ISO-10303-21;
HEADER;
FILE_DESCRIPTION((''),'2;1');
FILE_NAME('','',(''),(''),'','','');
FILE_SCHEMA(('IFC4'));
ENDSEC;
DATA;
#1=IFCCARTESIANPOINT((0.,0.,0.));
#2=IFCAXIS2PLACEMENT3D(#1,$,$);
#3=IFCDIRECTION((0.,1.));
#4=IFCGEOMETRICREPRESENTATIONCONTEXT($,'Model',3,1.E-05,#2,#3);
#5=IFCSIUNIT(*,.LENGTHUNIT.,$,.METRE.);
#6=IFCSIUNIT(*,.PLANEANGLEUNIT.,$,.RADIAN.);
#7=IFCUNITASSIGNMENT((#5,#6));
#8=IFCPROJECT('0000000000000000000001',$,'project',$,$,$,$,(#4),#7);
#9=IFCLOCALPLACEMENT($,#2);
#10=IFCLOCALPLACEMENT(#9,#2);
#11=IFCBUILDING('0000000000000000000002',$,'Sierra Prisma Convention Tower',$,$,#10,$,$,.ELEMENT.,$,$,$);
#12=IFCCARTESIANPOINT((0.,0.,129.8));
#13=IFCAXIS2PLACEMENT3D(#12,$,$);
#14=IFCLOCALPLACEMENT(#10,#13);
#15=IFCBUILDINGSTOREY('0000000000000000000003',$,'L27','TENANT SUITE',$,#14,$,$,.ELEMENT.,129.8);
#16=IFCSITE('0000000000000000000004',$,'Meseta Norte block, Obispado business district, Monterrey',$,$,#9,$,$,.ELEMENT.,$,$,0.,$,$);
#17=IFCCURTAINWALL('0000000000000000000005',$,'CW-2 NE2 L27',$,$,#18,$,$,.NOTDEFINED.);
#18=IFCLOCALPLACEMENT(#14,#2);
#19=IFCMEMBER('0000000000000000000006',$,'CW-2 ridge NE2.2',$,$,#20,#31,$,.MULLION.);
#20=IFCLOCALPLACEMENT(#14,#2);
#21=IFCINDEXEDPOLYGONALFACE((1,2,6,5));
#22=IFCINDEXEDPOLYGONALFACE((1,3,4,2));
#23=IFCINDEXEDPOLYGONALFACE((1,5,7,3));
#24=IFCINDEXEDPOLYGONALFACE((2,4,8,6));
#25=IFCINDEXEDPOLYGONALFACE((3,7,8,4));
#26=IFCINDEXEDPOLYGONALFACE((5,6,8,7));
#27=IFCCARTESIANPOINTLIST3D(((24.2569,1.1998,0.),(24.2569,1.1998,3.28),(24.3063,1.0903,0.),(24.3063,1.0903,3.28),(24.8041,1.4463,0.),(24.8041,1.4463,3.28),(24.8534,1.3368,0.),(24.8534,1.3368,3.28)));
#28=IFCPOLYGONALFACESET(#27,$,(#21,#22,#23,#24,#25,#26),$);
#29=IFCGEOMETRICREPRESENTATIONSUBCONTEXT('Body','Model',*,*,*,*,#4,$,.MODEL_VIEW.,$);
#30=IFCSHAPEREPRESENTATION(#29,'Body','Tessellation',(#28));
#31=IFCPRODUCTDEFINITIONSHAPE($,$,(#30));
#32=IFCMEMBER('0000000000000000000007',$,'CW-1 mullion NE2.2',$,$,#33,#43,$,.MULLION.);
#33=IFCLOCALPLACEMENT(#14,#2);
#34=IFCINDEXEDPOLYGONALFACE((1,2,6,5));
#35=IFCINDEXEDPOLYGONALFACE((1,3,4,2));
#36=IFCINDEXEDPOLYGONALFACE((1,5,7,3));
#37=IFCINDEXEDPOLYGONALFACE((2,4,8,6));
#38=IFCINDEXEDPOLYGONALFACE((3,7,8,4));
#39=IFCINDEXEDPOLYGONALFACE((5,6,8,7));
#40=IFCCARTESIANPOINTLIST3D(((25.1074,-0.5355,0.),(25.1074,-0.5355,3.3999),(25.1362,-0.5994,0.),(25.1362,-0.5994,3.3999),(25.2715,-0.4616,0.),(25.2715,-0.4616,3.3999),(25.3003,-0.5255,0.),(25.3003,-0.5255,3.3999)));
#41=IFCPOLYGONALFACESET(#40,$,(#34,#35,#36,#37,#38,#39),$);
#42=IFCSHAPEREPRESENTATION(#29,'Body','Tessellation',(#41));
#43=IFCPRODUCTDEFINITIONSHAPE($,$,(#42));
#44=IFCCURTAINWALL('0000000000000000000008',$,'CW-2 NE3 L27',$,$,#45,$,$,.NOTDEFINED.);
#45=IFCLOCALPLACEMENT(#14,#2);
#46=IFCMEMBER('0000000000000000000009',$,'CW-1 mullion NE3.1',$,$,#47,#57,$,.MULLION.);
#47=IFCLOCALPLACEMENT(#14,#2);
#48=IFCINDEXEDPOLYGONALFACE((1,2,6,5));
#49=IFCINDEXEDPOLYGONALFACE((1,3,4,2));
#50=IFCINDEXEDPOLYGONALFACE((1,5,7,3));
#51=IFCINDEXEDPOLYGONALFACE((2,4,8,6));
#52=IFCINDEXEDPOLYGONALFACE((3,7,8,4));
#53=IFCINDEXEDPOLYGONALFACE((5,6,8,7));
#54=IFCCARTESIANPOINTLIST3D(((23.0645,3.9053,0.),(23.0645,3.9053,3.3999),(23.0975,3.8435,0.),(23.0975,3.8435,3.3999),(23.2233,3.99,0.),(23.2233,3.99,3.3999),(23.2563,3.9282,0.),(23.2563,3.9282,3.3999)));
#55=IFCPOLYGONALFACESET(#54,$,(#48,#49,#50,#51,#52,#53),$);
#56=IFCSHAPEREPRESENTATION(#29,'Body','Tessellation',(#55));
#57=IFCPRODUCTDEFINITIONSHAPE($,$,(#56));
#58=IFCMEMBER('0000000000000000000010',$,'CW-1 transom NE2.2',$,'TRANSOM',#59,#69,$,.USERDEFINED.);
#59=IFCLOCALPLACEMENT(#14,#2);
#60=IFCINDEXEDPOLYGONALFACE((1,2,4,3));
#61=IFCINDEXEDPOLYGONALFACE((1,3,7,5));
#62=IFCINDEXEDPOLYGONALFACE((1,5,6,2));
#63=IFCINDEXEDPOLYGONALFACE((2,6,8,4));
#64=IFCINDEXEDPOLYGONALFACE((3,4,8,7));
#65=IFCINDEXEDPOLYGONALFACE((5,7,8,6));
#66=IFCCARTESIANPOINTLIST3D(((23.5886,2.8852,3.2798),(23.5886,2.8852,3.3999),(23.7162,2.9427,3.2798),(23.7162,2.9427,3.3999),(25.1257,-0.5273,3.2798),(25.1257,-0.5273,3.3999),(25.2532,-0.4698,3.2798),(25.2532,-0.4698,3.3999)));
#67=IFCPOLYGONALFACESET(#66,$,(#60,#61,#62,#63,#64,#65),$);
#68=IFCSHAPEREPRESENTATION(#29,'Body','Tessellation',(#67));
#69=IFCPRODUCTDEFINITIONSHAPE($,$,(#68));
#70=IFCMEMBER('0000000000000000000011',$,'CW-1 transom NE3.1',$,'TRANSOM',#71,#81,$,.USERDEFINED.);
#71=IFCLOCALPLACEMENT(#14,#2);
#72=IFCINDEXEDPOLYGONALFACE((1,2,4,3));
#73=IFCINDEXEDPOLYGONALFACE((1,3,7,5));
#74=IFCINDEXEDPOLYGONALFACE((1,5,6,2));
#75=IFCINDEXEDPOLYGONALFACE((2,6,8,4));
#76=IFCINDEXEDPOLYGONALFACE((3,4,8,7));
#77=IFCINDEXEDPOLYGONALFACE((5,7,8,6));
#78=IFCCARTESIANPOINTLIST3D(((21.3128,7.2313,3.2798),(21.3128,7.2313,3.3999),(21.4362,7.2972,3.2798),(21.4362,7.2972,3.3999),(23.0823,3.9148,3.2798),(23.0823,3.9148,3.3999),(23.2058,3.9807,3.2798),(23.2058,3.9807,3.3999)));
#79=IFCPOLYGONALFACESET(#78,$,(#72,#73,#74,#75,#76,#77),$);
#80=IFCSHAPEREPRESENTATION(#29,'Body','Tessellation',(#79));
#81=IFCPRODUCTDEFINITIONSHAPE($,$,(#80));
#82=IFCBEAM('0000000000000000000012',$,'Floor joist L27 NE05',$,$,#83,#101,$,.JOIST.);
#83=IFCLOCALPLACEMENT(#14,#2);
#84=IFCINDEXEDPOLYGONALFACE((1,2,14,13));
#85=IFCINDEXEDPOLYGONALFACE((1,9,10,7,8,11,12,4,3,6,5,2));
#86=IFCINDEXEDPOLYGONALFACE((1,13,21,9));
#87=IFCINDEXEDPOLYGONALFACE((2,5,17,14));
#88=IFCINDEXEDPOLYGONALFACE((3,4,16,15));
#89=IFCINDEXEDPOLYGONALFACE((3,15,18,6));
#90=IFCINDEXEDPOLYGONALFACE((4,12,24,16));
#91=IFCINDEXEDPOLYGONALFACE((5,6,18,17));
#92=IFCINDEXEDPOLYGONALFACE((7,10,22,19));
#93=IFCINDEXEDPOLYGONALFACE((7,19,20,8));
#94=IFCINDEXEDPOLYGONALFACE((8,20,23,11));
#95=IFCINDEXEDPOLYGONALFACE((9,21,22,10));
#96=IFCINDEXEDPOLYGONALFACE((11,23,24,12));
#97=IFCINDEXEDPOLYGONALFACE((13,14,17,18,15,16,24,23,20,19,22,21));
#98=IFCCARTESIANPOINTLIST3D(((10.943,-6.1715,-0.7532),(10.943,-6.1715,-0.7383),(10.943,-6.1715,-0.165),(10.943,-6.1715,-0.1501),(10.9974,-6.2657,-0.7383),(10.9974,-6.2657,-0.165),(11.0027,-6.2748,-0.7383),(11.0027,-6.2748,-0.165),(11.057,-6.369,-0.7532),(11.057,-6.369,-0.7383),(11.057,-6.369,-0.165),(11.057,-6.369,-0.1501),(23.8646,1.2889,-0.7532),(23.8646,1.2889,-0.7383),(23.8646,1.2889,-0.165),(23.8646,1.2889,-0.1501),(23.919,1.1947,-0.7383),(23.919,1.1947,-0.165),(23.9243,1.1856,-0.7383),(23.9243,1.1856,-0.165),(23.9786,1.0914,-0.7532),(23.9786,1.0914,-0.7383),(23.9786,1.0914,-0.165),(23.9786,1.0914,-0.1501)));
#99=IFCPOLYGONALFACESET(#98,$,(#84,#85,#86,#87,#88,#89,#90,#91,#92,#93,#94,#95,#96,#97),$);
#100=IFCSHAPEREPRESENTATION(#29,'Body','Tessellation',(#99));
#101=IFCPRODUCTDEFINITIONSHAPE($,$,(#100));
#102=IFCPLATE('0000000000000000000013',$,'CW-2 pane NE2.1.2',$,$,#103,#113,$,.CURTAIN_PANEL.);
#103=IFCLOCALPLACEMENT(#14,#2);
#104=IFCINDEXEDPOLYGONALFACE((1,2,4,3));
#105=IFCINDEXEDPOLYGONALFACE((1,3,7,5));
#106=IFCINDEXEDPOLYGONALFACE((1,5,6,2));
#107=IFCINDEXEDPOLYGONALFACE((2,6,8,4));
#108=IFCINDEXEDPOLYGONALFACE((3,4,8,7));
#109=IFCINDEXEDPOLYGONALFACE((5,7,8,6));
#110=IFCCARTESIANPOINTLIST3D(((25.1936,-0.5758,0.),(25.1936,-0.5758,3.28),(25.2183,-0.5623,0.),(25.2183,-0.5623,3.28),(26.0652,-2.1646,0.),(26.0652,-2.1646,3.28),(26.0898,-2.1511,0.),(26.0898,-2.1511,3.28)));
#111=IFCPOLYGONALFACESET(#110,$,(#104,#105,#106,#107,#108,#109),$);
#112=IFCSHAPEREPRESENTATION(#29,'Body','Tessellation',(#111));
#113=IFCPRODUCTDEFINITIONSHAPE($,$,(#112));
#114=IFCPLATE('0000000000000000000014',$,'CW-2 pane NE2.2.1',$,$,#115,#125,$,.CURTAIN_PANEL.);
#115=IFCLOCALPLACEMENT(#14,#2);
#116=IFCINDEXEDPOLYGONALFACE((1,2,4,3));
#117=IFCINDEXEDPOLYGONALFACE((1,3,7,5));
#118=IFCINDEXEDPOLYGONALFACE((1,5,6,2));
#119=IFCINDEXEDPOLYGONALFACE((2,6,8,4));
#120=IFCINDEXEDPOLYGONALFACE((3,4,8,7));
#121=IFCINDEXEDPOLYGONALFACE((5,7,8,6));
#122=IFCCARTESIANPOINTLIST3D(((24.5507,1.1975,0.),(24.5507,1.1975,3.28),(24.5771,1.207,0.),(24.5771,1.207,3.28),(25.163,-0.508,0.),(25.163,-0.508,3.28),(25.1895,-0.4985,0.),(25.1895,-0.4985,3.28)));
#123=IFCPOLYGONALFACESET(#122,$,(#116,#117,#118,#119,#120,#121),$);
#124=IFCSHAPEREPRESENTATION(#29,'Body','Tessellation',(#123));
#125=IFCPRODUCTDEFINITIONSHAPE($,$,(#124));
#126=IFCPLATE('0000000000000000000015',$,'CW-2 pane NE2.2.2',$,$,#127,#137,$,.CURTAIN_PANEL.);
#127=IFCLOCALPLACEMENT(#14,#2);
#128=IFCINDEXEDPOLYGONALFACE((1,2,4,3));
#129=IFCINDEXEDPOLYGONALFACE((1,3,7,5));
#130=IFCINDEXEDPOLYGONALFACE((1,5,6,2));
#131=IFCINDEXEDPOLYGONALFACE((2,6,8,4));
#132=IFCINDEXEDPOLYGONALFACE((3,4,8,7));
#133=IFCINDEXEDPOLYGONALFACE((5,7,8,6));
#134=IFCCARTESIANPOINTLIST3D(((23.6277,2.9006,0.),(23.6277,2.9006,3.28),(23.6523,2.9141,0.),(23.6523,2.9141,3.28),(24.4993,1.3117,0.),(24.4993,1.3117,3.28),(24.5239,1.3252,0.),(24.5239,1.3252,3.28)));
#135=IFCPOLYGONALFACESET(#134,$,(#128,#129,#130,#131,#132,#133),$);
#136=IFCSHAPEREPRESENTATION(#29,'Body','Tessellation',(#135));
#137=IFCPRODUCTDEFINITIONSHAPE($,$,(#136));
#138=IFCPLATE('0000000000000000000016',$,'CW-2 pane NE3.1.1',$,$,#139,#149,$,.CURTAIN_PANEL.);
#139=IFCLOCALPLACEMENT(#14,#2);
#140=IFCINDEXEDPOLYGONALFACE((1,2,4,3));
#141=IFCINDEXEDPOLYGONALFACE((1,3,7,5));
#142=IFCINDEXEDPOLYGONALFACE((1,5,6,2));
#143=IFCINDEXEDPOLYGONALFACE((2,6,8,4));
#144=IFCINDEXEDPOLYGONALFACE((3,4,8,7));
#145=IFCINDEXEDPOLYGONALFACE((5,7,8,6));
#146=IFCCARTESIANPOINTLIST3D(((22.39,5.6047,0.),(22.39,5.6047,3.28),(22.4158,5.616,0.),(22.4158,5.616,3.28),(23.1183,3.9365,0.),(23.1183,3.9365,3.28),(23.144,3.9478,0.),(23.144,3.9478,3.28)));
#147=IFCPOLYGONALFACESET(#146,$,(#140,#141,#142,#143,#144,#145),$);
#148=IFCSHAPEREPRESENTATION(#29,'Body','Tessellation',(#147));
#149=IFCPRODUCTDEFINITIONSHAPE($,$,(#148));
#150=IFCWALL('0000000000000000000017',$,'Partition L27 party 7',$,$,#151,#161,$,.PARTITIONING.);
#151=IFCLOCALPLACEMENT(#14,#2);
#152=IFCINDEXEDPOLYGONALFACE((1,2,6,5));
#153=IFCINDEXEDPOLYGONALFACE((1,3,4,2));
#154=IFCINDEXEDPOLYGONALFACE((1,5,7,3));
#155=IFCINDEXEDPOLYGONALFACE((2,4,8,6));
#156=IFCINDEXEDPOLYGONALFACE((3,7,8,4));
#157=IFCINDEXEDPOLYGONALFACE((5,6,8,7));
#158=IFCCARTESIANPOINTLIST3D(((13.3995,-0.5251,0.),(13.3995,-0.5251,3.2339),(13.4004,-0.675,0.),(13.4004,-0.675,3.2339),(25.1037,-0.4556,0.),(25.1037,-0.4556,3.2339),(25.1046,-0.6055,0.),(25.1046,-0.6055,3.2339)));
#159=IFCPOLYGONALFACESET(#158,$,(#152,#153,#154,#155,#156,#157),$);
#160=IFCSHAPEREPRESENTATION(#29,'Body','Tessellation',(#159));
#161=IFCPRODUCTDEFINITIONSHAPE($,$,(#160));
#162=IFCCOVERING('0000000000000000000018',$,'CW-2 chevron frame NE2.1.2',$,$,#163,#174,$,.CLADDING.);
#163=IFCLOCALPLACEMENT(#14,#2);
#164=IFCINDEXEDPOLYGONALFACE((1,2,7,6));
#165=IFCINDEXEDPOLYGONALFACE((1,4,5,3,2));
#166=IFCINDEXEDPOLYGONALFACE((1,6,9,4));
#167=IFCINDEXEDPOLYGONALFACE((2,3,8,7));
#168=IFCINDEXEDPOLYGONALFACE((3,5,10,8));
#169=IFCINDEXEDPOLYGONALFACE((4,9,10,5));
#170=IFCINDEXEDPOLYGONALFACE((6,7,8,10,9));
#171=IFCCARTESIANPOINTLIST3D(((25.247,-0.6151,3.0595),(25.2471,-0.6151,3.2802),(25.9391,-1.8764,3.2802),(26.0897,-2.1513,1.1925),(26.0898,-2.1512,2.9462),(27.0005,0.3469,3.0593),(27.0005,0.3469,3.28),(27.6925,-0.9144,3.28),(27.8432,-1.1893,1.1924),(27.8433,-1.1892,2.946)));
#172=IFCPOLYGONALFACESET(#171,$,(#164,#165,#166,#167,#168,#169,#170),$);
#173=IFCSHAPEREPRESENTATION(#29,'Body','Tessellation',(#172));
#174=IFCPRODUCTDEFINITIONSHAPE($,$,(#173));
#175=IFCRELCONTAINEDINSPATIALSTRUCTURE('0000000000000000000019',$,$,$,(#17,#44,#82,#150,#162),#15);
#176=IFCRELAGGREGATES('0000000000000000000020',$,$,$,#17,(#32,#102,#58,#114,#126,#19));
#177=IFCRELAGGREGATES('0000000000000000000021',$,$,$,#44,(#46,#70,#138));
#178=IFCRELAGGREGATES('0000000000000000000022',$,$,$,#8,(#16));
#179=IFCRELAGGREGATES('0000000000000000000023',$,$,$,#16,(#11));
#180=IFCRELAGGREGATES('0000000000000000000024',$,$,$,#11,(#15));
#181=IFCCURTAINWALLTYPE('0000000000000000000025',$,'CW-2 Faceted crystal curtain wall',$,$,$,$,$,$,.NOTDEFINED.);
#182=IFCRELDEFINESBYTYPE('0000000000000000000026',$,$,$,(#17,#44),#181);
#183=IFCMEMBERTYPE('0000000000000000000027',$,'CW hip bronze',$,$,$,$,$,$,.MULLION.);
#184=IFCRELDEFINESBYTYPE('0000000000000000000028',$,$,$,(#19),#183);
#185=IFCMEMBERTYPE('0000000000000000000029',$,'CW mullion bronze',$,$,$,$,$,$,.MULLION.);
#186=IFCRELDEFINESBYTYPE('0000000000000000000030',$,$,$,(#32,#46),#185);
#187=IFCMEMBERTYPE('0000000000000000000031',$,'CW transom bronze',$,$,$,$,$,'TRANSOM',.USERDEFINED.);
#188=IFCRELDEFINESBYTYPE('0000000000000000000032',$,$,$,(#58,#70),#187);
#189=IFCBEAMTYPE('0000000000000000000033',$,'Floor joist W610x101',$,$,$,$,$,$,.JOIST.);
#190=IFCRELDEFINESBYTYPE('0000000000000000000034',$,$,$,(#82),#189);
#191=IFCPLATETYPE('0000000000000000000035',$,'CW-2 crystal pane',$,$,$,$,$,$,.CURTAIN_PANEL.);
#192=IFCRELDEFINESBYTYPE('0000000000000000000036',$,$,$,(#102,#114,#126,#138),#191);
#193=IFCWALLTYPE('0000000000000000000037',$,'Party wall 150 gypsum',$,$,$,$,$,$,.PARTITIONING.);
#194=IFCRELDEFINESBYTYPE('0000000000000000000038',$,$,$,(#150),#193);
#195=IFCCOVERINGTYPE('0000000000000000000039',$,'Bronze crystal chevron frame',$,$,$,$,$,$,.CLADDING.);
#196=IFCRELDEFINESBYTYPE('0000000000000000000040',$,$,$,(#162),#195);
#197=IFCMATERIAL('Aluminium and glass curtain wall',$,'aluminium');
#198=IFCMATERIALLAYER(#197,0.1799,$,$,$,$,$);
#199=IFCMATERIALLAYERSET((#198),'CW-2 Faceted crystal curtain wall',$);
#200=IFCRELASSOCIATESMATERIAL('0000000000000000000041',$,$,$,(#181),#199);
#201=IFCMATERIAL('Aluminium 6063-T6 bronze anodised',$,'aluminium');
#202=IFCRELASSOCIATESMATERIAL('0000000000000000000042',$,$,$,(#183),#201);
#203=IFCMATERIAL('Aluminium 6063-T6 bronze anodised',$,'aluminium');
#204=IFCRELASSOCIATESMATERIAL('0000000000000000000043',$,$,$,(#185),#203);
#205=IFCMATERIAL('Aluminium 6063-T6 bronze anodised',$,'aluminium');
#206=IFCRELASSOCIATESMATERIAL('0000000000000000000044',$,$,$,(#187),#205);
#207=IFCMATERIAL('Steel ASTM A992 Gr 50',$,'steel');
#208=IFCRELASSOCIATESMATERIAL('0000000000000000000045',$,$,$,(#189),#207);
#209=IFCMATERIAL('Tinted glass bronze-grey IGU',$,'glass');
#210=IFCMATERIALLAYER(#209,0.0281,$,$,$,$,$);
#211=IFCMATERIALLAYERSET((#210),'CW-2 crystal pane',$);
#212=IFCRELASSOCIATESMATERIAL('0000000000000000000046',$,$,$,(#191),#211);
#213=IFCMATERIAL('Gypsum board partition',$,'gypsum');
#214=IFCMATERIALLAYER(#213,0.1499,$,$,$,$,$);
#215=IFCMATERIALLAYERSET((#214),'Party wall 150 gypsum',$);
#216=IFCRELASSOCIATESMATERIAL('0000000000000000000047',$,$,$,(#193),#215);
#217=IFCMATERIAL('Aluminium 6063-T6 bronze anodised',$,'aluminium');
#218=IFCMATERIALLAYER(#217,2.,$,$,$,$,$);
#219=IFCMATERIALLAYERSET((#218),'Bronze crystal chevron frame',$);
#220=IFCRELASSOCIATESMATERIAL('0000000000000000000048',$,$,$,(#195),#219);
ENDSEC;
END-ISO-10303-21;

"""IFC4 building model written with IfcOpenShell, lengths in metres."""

from ifc_helpers import new_model, si_unit, direction, frame, frame_2d, origin, origin_2d, place, context, subcontext, project, spatial, polyline, rectangle, i_section, outline, extrude, material, layer, layer_set, material_profile, profile_set, type_object, element, aggregate, save


model = new_model("IFC4")

# Units and contexts
model_context = context("Model", 3, precision=1e-05, world=origin(), true_north=direction((0.0, 1.0)))
body_context = subcontext(model_context, "Body", "Model", "MODEL_VIEW")
ifc_project = project(units=[si_unit("LENGTHUNIT", "METRE"), si_unit("PLANEANGLEUNIT", "RADIAN")], contexts=[model_context])

# Site, building, storey
site_placement = place(None, origin())
site = spatial("IfcSite", under=ifc_project, at=site_placement, Name="Meseta Norte block, Obispado business district, Monterrey", CompositionType="ELEMENT", RefElevation=0.0)
building_placement = place(site_placement, origin())
building = spatial("IfcBuilding", under=site, at=building_placement, Name="Sierra Prisma Convention Tower", CompositionType="ELEMENT")
storey_placement = place(building_placement, frame((0.0, 0.0, 129.8)))
storey = spatial("IfcBuildingStorey", under=building, at=storey_placement, Name="L27", Description="TENANT SUITE", CompositionType="ELEMENT", Elevation=129.8)

# Curtain wall, members
ifc_material_1 = material(Name="Aluminium and glass curtain wall", Category="aluminium")
ifc_layer_1 = layer(ifc_material_1, 0.1799)
ifc_layer_set_1 = layer_set([ifc_layer_1], Name="CW-2 Faceted crystal curtain wall")
curtain_wall_type = type_object("IfcCurtainWallType", Name="CW-2 Faceted crystal curtain wall", PredefinedType="NOTDEFINED", material=ifc_layer_set_1)
curtain_wall_1_placement = place(storey_placement, origin())
curtain_wall_1 = element("IfcCurtainWall", 1, at=curtain_wall_1_placement, inside=storey, type_object=curtain_wall_type, Name="CW-2 NE2 L27", PredefinedType="NOTDEFINED")
ifc_material_2 = material(Name="Aluminium 6063-T6 bronze anodised", Category="aluminium")
ifc_material_profile_1 = material_profile(ifc_material_2, rectangle(XDim=0.1201, YDim=0.6001, at=origin_2d()), Name="ALU RIDGE BLADE 120x600")
ifc_profile_set_1 = profile_set([ifc_material_profile_1], Name="Aluminium 6063-T6 bronze anodised")
member_type_1 = type_object("IfcMemberType", Name="CW hip bronze", PredefinedType="MULLION", material=ifc_profile_set_1)
member_1_placement = place(storey_placement, frame((24.5552, 1.2683, 0.0), z_axis=(0.0, 0.0, 1.0), x_axis=(-0.410709, 0.911766, 0.0)))
member_1 = element("IfcMember", 2, at=member_1_placement, type_object=member_type_1, Name="CW-2 ridge NE2.2", PredefinedType="MULLION", context=body_context, shape_type="SweptSolid", body=[
    extrude(rectangle(XDim=0.1201, YDim=0.6001, at=origin_2d()), origin(), (0.0, 0.0, 1.0), 3.28),
])
ifc_material_3 = material(Name="Aluminium 6063-T6 bronze anodised", Category="aluminium")
ifc_material_profile_2 = material_profile(ifc_material_3, rectangle(XDim=0.1799, YDim=0.0701, at=origin_2d()), Name="ALU MULLION 70x180")
ifc_profile_set_2 = profile_set([ifc_material_profile_2], Name="Aluminium 6063-T6 bronze anodised")
member_type_2 = type_object("IfcMemberType", Name="CW mullion bronze", PredefinedType="MULLION", material=ifc_profile_set_2)
member_2_placement = place(storey_placement, frame((25.2039, -0.5305, 0.0), z_axis=(0.0, 0.0, 1.0), x_axis=(-0.911766, -0.410709, 0.0)))
member_2 = element("IfcMember", 3, at=member_2_placement, type_object=member_type_2, Name="CW-1 mullion NE2.2", PredefinedType="MULLION", context=body_context, shape_type="SweptSolid", body=[
    extrude(rectangle(XDim=0.1799, YDim=0.0701, at=origin_2d()), origin(), (0.0, 0.0, 1.0), 3.3999),
])

# Curtain wall, member
curtain_wall_2_placement = place(storey_placement, origin())
curtain_wall_2 = element("IfcCurtainWall", 4, at=curtain_wall_2_placement, inside=storey, type_object=curtain_wall_type, Name="CW-2 NE3 L27", PredefinedType="NOTDEFINED")
member_3_placement = place(storey_placement, frame((23.1604, 3.9167, 0.0), z_axis=(0.0, 0.0, 1.0), x_axis=(-0.882265, -0.470752, 0.0)))
member_3 = element("IfcMember", 5, at=member_3_placement, type_object=member_type_2, Name="CW-1 mullion NE3.1", PredefinedType="MULLION", context=body_context, shape_type="SweptSolid", body=[
    extrude(rectangle(XDim=0.1799, YDim=0.0701, at=origin_2d()), origin(), (0.0, 0.0, 1.0), 3.3999),
])

# Members
ifc_material_4 = material(Name="Aluminium 6063-T6 bronze anodised", Category="aluminium")
ifc_material_profile_3 = material_profile(ifc_material_4, rectangle(XDim=0.1399, YDim=0.1201, at=origin_2d()), Name="ALU TRANSOM 120x140")
ifc_profile_set_3 = profile_set([ifc_material_profile_3], Name="Aluminium 6063-T6 bronze anodised")
member_type_3 = type_object("IfcMemberType", Name="CW transom bronze", ElementType="TRANSOM", PredefinedType="USERDEFINED", material=ifc_profile_set_3)
member_4_placement = place(storey_placement, frame((25.1895, -0.4985, 3.3398), z_axis=(-0.410685, 0.911777, 0.0), x_axis=(-0.911777, -0.410685, 0.0)))
member_4 = element("IfcMember", 6, at=member_4_placement, type_object=member_type_3, Name="CW-1 transom NE2.2", ObjectType="TRANSOM", PredefinedType="USERDEFINED", context=body_context, shape_type="SweptSolid", body=[
    extrude(rectangle(XDim=0.1399, YDim=0.1201, at=origin_2d()), origin(), (0.0, 0.0, 1.0), 3.7427),
])
member_5_placement = place(storey_placement, frame((23.144, 3.9478, 3.3398), z_axis=(-0.47075, 0.882267, 0.0), x_axis=(-0.882267, -0.47075, 0.0)))
member_5 = element("IfcMember", 7, at=member_5_placement, type_object=member_type_3, Name="CW-1 transom NE3.1", ObjectType="TRANSOM", PredefinedType="USERDEFINED", context=body_context, shape_type="SweptSolid", body=[
    extrude(rectangle(XDim=0.1399, YDim=0.1201, at=origin_2d()), origin(), (0.0, 0.0, 1.0), 3.759),
])

# Beam
ifc_material_5 = material(Name="Steel ASTM A992 Gr 50", Category="steel")
ifc_material_profile_4 = material_profile(ifc_material_5, i_section(OverallWidth=0.228, OverallDepth=0.603, WebThickness=0.0105, FlangeThickness=0.0149, at=origin_2d()), Name="W610x101")
ifc_profile_set_4 = profile_set([ifc_material_profile_4], Name="Steel ASTM A992 Gr 50")
beam_type = type_object("IfcBeamType", Name="Floor joist W610x101", PredefinedType="JOIST", material=ifc_profile_set_4)
beam_placement = place(storey_placement, frame((23.9216, 1.1902, -0.4517), z_axis=(-0.866021, -0.500007, 0.0), x_axis=(0.500007, -0.866021, 0.0)))
element("IfcBeam", 8, at=beam_placement, inside=storey, type_object=beam_type, Name="Floor joist L27 NE05", PredefinedType="JOIST", context=body_context, shape_type="SweptSolid", body=[
    extrude(i_section(OverallWidth=0.228, OverallDepth=0.603, WebThickness=0.0105, FlangeThickness=0.0149, at=origin_2d()), origin(), (0.0, 0.0, 1.0), 14.9207),
])

# Plates
ifc_material_6 = material(Name="Tinted glass bronze-grey IGU", Category="glass")
ifc_layer_2 = layer(ifc_material_6, 0.0281)
ifc_layer_set_2 = layer_set([ifc_layer_2], Name="CW-2 crystal pane")
plate_type = type_object("IfcPlateType", Name="CW-2 crystal pane", PredefinedType="CURTAIN_PANEL", material=ifc_layer_set_2)
plate_1_placement = place(storey_placement, frame((25.2183, -0.5623, 0.0), z_axis=(0.87675, 0.480946, 0.0), x_axis=(0.480946, -0.87675, 0.0)))
plate_1 = element("IfcPlate", 9, at=plate_1_placement, type_object=plate_type, Name="CW-2 pane NE2.1.2", PredefinedType="CURTAIN_PANEL", context=body_context, shape_type="SweptSolid", body=[
    extrude(outline(polyline([(0.0, 0.0), (1.8122, 0.0), (1.8122, -3.28), (0.0, -3.28), (0.0, 0.0)])), origin(), (0.0, 0.0, -1.0), 0.0281),
])
plate_2_placement = place(storey_placement, frame((25.1895, -0.4985, 0.0), z_axis=(0.941186, 0.337889, 0.0), x_axis=(-0.337889, 0.941186, 0.0)))
plate_2 = element("IfcPlate", 10, at=plate_2_placement, type_object=plate_type, Name="CW-2 pane NE2.2.1", PredefinedType="CURTAIN_PANEL", context=body_context, shape_type="SweptSolid", body=[
    extrude(outline(polyline([(0.0, 0.0), (1.8121, 0.0), (1.8121, 3.28), (0.0, 3.28), (0.0, 0.0)])), origin(), (0.0, 0.0, -1.0), 0.0281),
])
plate_3_placement = place(storey_placement, frame((23.6523, 2.9141, 0.0), z_axis=(0.87675, 0.480946, 0.0), x_axis=(0.480946, -0.87675, 0.0)))
plate_3 = element("IfcPlate", 11, at=plate_3_placement, type_object=plate_type, Name="CW-2 pane NE2.2.2", PredefinedType="CURTAIN_PANEL", context=body_context, shape_type="SweptSolid", body=[
    extrude(outline(polyline([(0.0, 0.0), (1.8122, 0.0), (1.8122, -3.28), (0.0, -3.28), (0.0, 0.0)])), origin(), (0.0, 0.0, -1.0), 0.0281),
])
aggregate(curtain_wall_1, [member_2, plate_1, member_4, plate_2, plate_3, member_1])
plate_4_placement = place(storey_placement, frame((23.144, 3.9478, 0.0), z_axis=(0.916474, 0.400094, 0.0), x_axis=(-0.400094, 0.916474, 0.0)))
plate_4 = element("IfcPlate", 12, at=plate_4_placement, type_object=plate_type, Name="CW-2 pane NE3.1.1", PredefinedType="CURTAIN_PANEL", context=body_context, shape_type="SweptSolid", body=[
    extrude(outline(polyline([(0.0, 0.0), (1.8203, 0.0), (1.8203, 3.28), (0.0, 3.28), (0.0, 0.0)])), origin(), (0.0, 0.0, -1.0), 0.0281),
])
aggregate(curtain_wall_2, [member_3, member_5, plate_4])

# Wall
ifc_material_7 = material(Name="Gypsum board partition", Category="gypsum")
ifc_layer_3 = layer(ifc_material_7, 0.1499)
ifc_layer_set_3 = layer_set([ifc_layer_3], Name="Party wall 150 gypsum")
wall_type = type_object("IfcWallType", Name="Party wall 150 gypsum", PredefinedType="PARTITIONING", material=ifc_layer_set_3)
wall_placement = place(storey_placement, frame((25.104, -0.5305, 0.0), z_axis=(0.0, 0.0, 1.0), x_axis=(-0.999982, -0.005945, 0.0)))
element("IfcWall", 13, at=wall_placement, inside=storey, type_object=wall_type, Name="Partition L27 party 7", PredefinedType="PARTITIONING", context=body_context, shape_type="SweptSolid", body=[
    extrude(rectangle(XDim=11.7043, YDim=0.1499, at=frame_2d((5.8521, 0.0))), origin(), (0.0, 0.0, 1.0), 3.2339),
])

# Covering
ifc_material_8 = material(Name="Aluminium 6063-T6 bronze anodised", Category="aluminium")
ifc_layer_4 = layer(ifc_material_8, 2.0)
ifc_layer_set_4 = layer_set([ifc_layer_4], Name="Bronze crystal chevron frame")
covering_type = type_object("IfcCoveringType", Name="Bronze crystal chevron frame", PredefinedType="CLADDING", material=ifc_layer_set_4)
covering_1_placement = place(storey_placement, frame((27.8433, -1.1892, 2.946), z_axis=(0.876715, 0.481011, -0.000072), x_axis=(-0.000064, -0.000035, -1.0)))
element("IfcCovering", 14, at=covering_1_placement, inside=storey, type_object=covering_type, Name="CW-2 chevron frame NE2.1.2", PredefinedType="CLADDING", context=body_context, shape_type="SweptSolid", body=[
    extrude(outline(polyline([(0.0, 0.0), (1.7537, 0.0), (-0.1133, 1.7521), (-0.334, 1.7521), (-0.334, 0.3135), (0.0, 0.0)])), origin(), (0.0, 0.0, -1.0), 2.0),
])

save(model, "model.ifc")
